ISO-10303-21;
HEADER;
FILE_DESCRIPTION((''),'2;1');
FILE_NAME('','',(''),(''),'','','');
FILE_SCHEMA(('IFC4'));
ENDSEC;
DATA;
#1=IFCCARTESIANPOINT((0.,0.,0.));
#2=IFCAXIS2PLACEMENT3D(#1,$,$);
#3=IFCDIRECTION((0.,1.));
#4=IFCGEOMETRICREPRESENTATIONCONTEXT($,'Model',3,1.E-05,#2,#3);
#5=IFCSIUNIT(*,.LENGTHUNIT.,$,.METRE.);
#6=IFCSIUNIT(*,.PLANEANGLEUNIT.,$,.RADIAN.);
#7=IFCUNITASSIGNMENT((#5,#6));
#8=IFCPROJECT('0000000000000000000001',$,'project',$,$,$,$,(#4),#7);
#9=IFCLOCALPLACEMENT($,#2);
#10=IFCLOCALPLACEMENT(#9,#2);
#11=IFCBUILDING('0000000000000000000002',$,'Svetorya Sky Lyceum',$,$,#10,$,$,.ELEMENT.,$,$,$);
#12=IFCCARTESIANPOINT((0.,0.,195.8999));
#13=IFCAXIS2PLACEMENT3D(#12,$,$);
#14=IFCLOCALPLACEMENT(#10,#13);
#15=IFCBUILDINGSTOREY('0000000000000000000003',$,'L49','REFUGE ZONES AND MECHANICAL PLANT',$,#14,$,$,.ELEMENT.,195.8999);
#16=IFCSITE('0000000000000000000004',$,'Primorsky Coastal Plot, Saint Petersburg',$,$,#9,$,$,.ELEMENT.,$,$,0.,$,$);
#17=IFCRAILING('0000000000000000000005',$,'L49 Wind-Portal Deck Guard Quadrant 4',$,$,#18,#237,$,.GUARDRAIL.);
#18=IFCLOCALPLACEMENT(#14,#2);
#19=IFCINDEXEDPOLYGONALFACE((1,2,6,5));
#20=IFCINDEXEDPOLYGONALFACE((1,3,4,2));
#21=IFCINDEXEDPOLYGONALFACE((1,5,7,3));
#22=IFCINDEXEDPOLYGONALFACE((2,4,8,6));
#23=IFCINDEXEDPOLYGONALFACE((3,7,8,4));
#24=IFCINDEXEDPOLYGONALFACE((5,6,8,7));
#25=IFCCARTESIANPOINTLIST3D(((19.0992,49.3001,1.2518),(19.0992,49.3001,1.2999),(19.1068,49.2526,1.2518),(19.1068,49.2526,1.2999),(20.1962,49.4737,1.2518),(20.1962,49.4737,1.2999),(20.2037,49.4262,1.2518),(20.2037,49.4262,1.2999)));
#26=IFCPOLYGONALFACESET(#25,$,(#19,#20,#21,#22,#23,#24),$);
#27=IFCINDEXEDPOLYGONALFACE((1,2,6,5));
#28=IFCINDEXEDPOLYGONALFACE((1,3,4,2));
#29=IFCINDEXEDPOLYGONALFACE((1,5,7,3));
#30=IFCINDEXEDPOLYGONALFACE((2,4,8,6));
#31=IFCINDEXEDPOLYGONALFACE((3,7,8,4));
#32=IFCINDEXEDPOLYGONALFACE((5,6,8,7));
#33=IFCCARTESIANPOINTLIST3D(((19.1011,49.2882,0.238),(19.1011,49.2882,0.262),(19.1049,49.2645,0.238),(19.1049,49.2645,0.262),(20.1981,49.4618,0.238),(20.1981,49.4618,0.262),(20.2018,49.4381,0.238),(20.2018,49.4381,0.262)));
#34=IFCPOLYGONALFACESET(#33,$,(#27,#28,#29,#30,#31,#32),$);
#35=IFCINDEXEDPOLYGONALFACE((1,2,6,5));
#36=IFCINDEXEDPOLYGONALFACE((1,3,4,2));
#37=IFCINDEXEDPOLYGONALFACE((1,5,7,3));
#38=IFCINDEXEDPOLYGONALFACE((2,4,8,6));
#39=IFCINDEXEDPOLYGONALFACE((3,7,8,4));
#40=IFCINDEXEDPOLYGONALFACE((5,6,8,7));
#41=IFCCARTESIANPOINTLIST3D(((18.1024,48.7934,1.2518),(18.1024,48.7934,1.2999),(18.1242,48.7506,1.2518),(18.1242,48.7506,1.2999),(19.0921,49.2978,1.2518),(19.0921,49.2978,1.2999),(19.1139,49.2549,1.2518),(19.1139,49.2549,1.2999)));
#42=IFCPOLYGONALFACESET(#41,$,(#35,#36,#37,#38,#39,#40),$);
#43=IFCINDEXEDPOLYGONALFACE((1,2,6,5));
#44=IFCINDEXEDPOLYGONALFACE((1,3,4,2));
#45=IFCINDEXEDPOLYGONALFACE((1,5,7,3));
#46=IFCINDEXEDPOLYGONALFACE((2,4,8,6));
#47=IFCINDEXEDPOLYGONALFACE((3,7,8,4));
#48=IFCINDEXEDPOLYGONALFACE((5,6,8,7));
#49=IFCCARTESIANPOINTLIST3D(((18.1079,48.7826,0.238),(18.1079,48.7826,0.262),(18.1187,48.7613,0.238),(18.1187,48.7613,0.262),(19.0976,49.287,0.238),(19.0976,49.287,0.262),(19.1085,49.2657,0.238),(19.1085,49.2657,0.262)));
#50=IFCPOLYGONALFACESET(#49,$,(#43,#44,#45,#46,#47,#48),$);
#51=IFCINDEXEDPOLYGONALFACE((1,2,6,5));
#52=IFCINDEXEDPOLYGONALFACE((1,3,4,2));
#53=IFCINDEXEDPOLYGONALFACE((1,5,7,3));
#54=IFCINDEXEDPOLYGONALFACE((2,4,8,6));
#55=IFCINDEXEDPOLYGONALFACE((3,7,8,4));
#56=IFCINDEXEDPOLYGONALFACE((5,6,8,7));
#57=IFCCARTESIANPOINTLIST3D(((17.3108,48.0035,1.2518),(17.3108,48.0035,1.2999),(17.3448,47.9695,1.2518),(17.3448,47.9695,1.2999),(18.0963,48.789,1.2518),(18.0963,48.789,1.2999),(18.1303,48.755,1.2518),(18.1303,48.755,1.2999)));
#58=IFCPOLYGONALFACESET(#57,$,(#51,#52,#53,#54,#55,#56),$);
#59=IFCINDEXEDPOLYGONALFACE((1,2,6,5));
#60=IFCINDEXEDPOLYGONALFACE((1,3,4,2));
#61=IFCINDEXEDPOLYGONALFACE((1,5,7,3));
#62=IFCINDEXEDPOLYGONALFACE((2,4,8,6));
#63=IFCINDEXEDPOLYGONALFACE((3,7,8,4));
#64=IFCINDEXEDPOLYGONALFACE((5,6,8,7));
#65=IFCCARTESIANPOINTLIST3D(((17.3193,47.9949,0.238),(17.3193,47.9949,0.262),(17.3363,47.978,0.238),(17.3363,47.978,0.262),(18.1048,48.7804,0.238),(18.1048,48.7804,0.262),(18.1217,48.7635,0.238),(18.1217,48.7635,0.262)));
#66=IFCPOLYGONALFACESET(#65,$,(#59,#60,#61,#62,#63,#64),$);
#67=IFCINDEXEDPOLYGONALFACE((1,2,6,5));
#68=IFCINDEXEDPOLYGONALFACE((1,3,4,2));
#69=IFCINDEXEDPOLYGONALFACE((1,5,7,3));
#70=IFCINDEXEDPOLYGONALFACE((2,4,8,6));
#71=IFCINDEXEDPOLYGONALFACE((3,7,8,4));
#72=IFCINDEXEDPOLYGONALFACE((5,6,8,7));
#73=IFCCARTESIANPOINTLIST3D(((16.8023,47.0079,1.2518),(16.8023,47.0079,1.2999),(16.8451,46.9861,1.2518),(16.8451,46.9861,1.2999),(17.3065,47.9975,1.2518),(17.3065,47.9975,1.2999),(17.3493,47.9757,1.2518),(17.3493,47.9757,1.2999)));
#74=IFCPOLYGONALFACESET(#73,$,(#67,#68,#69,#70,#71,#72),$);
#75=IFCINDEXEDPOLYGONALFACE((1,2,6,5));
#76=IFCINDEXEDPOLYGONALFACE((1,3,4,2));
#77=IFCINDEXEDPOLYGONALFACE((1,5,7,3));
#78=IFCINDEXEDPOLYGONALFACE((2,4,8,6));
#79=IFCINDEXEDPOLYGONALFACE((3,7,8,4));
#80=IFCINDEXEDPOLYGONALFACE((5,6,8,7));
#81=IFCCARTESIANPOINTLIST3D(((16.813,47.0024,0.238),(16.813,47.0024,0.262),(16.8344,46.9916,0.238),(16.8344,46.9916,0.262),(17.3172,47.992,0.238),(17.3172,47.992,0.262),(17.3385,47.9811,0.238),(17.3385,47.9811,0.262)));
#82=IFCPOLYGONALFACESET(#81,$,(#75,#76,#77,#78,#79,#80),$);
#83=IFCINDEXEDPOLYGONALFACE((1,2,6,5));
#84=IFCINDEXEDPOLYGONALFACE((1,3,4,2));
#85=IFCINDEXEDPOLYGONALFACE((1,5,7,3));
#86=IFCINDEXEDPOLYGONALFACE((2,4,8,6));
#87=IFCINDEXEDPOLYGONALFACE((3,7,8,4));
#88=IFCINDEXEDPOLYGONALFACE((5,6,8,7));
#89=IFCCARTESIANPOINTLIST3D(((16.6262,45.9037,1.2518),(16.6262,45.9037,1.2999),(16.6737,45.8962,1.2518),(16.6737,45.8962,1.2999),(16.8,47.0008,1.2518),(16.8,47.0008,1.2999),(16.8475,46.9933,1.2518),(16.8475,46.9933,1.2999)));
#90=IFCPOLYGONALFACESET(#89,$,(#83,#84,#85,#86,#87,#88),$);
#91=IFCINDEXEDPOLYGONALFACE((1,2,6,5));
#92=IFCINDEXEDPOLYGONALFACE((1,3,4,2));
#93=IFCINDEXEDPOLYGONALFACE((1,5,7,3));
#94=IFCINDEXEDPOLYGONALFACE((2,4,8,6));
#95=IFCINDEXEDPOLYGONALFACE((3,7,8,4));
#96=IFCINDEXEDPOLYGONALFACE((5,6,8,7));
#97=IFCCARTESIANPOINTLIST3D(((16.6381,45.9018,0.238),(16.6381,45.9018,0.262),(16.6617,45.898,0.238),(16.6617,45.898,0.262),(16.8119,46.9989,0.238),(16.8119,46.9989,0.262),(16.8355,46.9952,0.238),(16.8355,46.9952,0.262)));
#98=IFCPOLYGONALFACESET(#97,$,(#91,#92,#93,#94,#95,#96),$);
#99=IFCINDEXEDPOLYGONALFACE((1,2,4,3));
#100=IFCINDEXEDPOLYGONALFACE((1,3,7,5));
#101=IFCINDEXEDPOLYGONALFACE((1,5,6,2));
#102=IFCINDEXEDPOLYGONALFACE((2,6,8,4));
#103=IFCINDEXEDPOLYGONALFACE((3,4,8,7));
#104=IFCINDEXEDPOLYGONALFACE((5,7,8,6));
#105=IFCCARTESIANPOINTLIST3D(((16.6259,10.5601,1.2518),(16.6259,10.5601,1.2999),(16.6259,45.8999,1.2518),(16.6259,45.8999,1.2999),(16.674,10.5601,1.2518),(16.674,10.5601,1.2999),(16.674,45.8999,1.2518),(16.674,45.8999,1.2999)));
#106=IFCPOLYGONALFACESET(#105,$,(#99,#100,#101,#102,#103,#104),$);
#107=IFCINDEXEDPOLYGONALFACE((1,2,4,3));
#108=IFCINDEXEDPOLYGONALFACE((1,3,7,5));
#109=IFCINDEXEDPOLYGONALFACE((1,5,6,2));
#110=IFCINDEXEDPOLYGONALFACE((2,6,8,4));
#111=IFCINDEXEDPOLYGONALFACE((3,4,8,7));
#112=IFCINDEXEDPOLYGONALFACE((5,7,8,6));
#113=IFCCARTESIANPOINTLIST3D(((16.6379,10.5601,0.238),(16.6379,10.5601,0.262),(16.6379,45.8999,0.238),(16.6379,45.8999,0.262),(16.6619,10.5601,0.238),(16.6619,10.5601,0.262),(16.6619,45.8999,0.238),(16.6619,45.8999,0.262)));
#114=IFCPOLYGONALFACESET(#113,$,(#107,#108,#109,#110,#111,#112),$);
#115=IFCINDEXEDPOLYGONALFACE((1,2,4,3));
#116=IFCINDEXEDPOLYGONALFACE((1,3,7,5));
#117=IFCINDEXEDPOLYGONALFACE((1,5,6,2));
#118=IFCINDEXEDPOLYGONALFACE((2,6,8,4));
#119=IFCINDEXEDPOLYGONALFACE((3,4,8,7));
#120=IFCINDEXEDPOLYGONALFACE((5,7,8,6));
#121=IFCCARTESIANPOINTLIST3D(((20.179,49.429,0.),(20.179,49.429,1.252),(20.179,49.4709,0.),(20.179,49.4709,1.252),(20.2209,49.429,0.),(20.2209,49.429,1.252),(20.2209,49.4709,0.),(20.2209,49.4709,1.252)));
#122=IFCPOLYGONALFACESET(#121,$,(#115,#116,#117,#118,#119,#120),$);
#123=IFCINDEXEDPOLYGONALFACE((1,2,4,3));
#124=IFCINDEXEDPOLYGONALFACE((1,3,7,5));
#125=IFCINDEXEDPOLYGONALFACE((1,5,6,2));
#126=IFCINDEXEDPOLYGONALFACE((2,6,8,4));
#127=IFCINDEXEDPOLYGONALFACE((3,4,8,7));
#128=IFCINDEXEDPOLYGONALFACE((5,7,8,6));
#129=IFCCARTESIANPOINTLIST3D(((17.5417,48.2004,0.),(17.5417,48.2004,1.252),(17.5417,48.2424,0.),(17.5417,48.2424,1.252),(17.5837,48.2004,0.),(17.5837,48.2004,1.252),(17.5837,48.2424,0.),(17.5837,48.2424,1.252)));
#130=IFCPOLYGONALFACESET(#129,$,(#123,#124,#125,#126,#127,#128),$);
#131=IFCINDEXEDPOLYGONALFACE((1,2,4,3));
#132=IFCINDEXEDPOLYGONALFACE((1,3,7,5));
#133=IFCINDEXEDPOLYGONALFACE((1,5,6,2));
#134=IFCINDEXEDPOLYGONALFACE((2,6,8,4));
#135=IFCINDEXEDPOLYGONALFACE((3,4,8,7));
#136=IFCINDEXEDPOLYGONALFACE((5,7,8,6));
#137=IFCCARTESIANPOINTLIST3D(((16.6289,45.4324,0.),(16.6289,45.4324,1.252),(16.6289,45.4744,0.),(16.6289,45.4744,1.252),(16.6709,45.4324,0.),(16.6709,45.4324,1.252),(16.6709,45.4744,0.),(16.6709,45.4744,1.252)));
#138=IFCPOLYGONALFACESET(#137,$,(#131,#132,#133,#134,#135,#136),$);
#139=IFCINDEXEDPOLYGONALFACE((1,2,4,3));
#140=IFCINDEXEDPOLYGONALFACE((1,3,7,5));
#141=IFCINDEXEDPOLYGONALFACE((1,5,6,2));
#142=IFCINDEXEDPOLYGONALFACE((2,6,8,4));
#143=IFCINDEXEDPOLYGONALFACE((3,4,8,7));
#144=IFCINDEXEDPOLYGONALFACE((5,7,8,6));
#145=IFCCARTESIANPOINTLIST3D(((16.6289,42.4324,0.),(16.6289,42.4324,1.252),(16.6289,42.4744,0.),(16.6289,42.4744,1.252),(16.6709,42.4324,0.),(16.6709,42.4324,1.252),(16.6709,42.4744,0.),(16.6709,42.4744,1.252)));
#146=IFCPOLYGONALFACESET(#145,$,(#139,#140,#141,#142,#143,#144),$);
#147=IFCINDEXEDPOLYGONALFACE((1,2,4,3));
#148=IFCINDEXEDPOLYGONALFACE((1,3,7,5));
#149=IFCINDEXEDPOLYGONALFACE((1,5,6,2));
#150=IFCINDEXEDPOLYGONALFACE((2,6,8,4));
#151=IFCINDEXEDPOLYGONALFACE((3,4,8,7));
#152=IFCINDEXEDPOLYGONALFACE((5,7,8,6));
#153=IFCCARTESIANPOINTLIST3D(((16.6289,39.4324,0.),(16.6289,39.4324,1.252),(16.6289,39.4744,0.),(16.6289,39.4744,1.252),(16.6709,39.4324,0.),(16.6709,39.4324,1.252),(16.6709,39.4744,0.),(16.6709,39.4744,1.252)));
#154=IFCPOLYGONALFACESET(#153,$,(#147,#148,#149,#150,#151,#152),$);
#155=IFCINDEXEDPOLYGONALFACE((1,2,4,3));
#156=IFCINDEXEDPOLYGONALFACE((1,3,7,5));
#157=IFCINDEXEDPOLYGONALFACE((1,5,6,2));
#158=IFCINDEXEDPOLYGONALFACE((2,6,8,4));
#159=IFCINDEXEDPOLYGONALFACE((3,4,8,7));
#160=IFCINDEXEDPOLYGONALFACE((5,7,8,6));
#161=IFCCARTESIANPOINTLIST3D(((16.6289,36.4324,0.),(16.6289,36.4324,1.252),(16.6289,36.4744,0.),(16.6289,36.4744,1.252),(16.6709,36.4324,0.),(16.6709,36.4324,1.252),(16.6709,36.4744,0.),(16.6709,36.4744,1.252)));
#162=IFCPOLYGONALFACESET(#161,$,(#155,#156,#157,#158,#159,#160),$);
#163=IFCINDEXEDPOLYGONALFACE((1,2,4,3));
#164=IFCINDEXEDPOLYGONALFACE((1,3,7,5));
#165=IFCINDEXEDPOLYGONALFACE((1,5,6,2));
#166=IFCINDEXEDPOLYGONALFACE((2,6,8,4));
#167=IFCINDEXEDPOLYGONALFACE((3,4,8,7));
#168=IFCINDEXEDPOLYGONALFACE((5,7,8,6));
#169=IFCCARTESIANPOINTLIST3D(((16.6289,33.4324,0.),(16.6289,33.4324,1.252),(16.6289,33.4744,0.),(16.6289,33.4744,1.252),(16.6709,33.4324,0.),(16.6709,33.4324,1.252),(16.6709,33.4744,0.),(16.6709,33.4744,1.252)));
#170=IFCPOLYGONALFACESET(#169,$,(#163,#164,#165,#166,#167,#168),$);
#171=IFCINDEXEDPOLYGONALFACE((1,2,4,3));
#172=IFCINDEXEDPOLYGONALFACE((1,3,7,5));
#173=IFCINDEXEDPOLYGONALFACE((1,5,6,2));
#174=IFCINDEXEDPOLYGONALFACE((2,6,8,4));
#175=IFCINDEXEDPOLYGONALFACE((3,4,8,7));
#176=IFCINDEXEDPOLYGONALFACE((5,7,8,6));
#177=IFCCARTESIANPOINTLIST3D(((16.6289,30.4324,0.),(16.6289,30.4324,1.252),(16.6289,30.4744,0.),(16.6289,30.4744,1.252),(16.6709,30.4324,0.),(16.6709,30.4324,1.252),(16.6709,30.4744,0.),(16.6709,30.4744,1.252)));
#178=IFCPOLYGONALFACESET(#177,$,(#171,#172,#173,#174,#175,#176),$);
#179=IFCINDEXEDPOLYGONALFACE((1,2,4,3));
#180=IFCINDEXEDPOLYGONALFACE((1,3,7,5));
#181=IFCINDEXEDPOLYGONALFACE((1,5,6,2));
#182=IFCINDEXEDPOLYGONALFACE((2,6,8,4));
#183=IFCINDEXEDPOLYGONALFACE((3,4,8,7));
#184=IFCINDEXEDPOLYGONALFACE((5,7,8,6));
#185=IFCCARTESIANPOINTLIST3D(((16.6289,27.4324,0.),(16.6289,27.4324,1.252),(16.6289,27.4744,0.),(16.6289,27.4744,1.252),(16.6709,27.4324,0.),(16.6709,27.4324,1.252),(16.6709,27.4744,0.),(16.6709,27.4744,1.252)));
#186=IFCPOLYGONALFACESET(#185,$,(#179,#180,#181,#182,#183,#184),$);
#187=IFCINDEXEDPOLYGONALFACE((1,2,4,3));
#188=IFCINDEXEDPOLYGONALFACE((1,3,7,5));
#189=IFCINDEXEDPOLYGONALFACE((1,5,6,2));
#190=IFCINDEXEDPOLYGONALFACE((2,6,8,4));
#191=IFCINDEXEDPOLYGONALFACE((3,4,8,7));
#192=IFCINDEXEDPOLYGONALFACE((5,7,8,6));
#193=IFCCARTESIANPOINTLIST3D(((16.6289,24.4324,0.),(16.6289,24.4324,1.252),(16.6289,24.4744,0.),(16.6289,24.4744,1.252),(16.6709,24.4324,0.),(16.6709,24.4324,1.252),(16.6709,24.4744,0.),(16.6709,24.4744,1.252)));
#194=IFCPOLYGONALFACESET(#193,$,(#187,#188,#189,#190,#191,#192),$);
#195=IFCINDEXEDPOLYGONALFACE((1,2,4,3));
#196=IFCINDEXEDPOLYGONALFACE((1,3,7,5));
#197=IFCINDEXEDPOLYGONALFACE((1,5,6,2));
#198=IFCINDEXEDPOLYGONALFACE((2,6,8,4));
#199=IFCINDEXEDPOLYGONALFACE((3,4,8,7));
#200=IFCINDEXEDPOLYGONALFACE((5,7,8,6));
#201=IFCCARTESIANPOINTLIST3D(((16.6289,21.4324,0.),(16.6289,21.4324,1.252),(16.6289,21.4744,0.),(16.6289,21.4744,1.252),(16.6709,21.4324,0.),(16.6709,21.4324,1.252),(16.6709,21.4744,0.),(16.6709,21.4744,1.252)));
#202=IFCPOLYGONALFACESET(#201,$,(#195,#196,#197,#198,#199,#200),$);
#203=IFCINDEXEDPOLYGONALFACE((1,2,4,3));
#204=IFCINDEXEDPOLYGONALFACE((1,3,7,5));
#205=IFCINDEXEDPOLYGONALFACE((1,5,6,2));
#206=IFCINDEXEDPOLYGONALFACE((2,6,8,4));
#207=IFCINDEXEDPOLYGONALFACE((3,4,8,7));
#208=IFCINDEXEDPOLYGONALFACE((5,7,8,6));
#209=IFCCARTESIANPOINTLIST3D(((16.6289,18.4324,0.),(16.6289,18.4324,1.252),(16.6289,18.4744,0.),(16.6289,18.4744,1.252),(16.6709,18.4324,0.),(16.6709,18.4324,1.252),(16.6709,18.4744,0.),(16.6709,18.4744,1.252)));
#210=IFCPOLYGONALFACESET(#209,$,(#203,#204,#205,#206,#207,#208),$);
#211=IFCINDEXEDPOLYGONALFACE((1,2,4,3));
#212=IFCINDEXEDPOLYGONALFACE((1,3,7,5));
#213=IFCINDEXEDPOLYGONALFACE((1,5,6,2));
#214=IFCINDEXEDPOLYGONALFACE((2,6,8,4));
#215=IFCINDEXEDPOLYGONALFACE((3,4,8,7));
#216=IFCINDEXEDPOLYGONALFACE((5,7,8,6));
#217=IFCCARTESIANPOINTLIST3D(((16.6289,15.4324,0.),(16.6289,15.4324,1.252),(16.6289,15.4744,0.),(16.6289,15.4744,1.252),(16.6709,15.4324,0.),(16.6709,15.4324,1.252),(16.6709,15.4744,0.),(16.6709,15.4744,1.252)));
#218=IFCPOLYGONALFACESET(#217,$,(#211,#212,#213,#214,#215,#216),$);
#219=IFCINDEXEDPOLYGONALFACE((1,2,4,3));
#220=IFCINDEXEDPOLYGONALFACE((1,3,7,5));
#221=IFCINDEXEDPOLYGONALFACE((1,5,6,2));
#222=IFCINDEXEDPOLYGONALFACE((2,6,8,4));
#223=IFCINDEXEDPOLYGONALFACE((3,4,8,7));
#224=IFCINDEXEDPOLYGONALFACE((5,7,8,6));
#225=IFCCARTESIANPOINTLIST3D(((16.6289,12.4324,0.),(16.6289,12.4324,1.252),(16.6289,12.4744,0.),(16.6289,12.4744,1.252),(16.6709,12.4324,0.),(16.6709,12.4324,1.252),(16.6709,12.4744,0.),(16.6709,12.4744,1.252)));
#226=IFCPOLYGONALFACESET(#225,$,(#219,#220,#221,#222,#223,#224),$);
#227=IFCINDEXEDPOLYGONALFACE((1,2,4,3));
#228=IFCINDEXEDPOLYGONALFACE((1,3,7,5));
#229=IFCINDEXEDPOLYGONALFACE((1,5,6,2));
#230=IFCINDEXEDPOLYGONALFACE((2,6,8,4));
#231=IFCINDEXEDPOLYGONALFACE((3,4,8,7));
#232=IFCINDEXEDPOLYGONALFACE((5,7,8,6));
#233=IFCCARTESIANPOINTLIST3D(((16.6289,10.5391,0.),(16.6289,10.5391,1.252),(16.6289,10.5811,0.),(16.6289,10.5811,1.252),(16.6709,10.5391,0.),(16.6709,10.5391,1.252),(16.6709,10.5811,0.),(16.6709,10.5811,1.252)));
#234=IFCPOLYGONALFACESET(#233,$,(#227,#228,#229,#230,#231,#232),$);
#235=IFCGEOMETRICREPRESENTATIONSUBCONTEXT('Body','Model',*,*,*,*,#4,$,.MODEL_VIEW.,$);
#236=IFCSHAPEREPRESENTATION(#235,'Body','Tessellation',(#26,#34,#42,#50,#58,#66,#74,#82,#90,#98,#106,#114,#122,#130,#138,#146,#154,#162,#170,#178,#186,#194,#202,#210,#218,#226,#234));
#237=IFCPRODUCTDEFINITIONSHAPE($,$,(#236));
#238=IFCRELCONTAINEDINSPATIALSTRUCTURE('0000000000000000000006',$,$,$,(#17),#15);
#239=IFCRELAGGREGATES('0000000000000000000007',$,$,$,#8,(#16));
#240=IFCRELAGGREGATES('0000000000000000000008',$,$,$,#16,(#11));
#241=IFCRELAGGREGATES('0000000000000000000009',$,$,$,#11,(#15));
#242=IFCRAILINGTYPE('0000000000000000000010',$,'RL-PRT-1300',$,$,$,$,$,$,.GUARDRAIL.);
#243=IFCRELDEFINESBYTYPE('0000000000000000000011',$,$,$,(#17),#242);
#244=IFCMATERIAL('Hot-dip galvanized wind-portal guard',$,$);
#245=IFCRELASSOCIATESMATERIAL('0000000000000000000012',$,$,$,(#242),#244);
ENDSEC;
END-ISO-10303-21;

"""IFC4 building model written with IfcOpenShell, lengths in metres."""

from ifc_helpers import new_model, si_unit, direction, frame, origin, origin_2d, place, context, subcontext, project, spatial, rectangle, extrude, material, type_object, element, save


model = new_model("IFC4")

# Units and contexts
model_context = context("Model", 3, precision=1e-05, world=origin(), true_north=direction((0.0, 1.0)))
body_context = subcontext(model_context, "Body", "Model", "MODEL_VIEW")
ifc_project = project(units=[si_unit("LENGTHUNIT", "METRE"), si_unit("PLANEANGLEUNIT", "RADIAN")], contexts=[model_context])

# Site, building, storey
site_placement = place(None, origin())
site = spatial("IfcSite", under=ifc_project, at=site_placement, Name="Primorsky Coastal Plot, Saint Petersburg", CompositionType="ELEMENT", RefElevation=0.0)
building_placement = place(site_placement, origin())
building = spatial("IfcBuilding", under=site, at=building_placement, Name="Svetorya Sky Lyceum", CompositionType="ELEMENT")
storey_placement = place(building_placement, frame((0.0, 0.0, 195.8999)))
storey = spatial("IfcBuildingStorey", under=building, at=storey_placement, Name="L49", Description="REFUGE ZONES AND MECHANICAL PLANT", CompositionType="ELEMENT", Elevation=195.8999)

# Railing
ifc_material_1 = material(Name="Hot-dip galvanized wind-portal guard")
railing_type_1 = type_object("IfcRailingType", Name="RL-PRT-1300", PredefinedType="GUARDRAIL", material=ifc_material_1)
railing_1_placement = place(storey_placement, frame((20.2, 49.45, 0.0)))
element("IfcRailing", 1, at=railing_1_placement, inside=storey, type_object=railing_type_1, Name="L49 Wind-Portal Deck Guard Quadrant 4", PredefinedType="GUARDRAIL", context=body_context, shape_type="SweptSolid", body=[
    extrude(rectangle(XDim=0.0481, YDim=0.0481, at=origin_2d()), frame((0.0, 0.0, 1.2759), z_axis=(-0.987709, -0.156301, 0.0), x_axis=(0.156301, -0.987709, 0.0)), (0.0, 0.0, 1.0), 1.1106),
    extrude(rectangle(XDim=0.0239, YDim=0.0239, at=origin_2d()), frame((0.0, 0.0, 0.25), z_axis=(-0.987709, -0.156301, 0.0), x_axis=(0.156301, -0.987709, 0.0)), (0.0, 0.0, 1.0), 1.1106),
    extrude(rectangle(XDim=0.0481, YDim=0.0481, at=origin_2d()), frame((-1.0969, -0.1736, 1.2759), z_axis=(-0.890972, -0.454057, 0.0), x_axis=(0.454057, -0.890972, 0.0)), (0.0, 0.0, 1.0), 1.1108),
    extrude(rectangle(XDim=0.0239, YDim=0.0239, at=origin_2d()), frame((-1.0969, -0.1736, 0.25), z_axis=(-0.890972, -0.454057, 0.0), x_axis=(0.454057, -0.890972, 0.0)), (0.0, 0.0, 1.0), 1.1108),
    extrude(rectangle(XDim=0.0481, YDim=0.0481, at=origin_2d()), frame((-2.0867, -0.678, 1.2759), z_axis=(-0.707107, -0.707107, 0.0), x_axis=(0.707107, -0.707107, 0.0)), (0.0, 0.0, 1.0), 1.1108),
    extrude(rectangle(XDim=0.0239, YDim=0.0239, at=origin_2d()), frame((-2.0867, -0.678, 0.25), z_axis=(-0.707107, -0.707107, 0.0), x_axis=(0.707107, -0.707107, 0.0)), (0.0, 0.0, 1.0), 1.1108),
    extrude(rectangle(XDim=0.0481, YDim=0.0481, at=origin_2d()), frame((-2.8721, -1.4634, 1.2759), z_axis=(-0.453972, -0.891016, 0.0), x_axis=(0.891016, -0.453972, 0.0)), (0.0, 0.0, 1.0), 1.1106),
    extrude(rectangle(XDim=0.0239, YDim=0.0239, at=origin_2d()), frame((-2.8721, -1.4634, 0.25), z_axis=(-0.453972, -0.891016, 0.0), x_axis=(0.891016, -0.453972, 0.0)), (0.0, 0.0, 1.0), 1.1106),
    extrude(rectangle(XDim=0.0481, YDim=0.0481, at=origin_2d()), frame((-3.3762, -2.4529, 1.2759), z_axis=(-0.156482, -0.987681, 0.0), x_axis=(0.987681, -0.156482, 0.0)), (0.0, 0.0, 1.0), 1.1108),
    extrude(rectangle(XDim=0.0239, YDim=0.0239, at=origin_2d()), frame((-3.3762, -2.4529, 0.25), z_axis=(-0.156482, -0.987681, 0.0), x_axis=(0.987681, -0.156482, 0.0)), (0.0, 0.0, 1.0), 1.1108),
    extrude(rectangle(XDim=0.0481, YDim=0.0481, at=origin_2d()), frame((-3.55, -3.55, 1.2759), z_axis=(0.0, -1.0, 0.0), x_axis=(1.0, 0.0, 0.0)), (0.0, 0.0, 1.0), 35.3398),
    extrude(rectangle(XDim=0.0239, YDim=0.0239, at=origin_2d()), frame((-3.55, -3.55, 0.25), z_axis=(0.0, -1.0, 0.0), x_axis=(1.0, 0.0, 0.0)), (0.0, 0.0, 1.0), 35.3398),
    extrude(rectangle(XDim=0.042, YDim=0.042, at=origin_2d()), origin(), (0.0, 0.0, 1.0), 1.252),
    extrude(rectangle(XDim=0.042, YDim=0.042, at=origin_2d()), frame((-2.6372, -1.2285, 0.0)), (0.0, 0.0, 1.0), 1.252),
    extrude(rectangle(XDim=0.042, YDim=0.042, at=origin_2d()), frame((-3.55, -3.9966, 0.0)), (0.0, 0.0, 1.0), 1.252),
    extrude(rectangle(XDim=0.042, YDim=0.042, at=origin_2d()), frame((-3.55, -6.9966, 0.0)), (0.0, 0.0, 1.0), 1.252),
    extrude(rectangle(XDim=0.042, YDim=0.042, at=origin_2d()), frame((-3.55, -9.9966, 0.0)), (0.0, 0.0, 1.0), 1.252),
    extrude(rectangle(XDim=0.042, YDim=0.042, at=origin_2d()), frame((-3.55, -12.9966, 0.0)), (0.0, 0.0, 1.0), 1.252),
    extrude(rectangle(XDim=0.042, YDim=0.042, at=origin_2d()), frame((-3.55, -15.9966, 0.0)), (0.0, 0.0, 1.0), 1.252),
    extrude(rectangle(XDim=0.042, YDim=0.042, at=origin_2d()), frame((-3.55, -18.9966, 0.0)), (0.0, 0.0, 1.0), 1.252),
    extrude(rectangle(XDim=0.042, YDim=0.042, at=origin_2d()), frame((-3.55, -21.9966, 0.0)), (0.0, 0.0, 1.0), 1.252),
    extrude(rectangle(XDim=0.042, YDim=0.042, at=origin_2d()), frame((-3.55, -24.9966, 0.0)), (0.0, 0.0, 1.0), 1.252),
    extrude(rectangle(XDim=0.042, YDim=0.042, at=origin_2d()), frame((-3.55, -27.9966, 0.0)), (0.0, 0.0, 1.0), 1.252),
    extrude(rectangle(XDim=0.042, YDim=0.042, at=origin_2d()), frame((-3.55, -30.9966, 0.0)), (0.0, 0.0, 1.0), 1.252),
    extrude(rectangle(XDim=0.042, YDim=0.042, at=origin_2d()), frame((-3.55, -33.9966, 0.0)), (0.0, 0.0, 1.0), 1.252),
    extrude(rectangle(XDim=0.042, YDim=0.042, at=origin_2d()), frame((-3.55, -36.9966, 0.0)), (0.0, 0.0, 1.0), 1.252),
    extrude(rectangle(XDim=0.042, YDim=0.042, at=origin_2d()), frame((-3.55, -38.8899, 0.0)), (0.0, 0.0, 1.0), 1.252),
])

save(model, "model.ifc")
